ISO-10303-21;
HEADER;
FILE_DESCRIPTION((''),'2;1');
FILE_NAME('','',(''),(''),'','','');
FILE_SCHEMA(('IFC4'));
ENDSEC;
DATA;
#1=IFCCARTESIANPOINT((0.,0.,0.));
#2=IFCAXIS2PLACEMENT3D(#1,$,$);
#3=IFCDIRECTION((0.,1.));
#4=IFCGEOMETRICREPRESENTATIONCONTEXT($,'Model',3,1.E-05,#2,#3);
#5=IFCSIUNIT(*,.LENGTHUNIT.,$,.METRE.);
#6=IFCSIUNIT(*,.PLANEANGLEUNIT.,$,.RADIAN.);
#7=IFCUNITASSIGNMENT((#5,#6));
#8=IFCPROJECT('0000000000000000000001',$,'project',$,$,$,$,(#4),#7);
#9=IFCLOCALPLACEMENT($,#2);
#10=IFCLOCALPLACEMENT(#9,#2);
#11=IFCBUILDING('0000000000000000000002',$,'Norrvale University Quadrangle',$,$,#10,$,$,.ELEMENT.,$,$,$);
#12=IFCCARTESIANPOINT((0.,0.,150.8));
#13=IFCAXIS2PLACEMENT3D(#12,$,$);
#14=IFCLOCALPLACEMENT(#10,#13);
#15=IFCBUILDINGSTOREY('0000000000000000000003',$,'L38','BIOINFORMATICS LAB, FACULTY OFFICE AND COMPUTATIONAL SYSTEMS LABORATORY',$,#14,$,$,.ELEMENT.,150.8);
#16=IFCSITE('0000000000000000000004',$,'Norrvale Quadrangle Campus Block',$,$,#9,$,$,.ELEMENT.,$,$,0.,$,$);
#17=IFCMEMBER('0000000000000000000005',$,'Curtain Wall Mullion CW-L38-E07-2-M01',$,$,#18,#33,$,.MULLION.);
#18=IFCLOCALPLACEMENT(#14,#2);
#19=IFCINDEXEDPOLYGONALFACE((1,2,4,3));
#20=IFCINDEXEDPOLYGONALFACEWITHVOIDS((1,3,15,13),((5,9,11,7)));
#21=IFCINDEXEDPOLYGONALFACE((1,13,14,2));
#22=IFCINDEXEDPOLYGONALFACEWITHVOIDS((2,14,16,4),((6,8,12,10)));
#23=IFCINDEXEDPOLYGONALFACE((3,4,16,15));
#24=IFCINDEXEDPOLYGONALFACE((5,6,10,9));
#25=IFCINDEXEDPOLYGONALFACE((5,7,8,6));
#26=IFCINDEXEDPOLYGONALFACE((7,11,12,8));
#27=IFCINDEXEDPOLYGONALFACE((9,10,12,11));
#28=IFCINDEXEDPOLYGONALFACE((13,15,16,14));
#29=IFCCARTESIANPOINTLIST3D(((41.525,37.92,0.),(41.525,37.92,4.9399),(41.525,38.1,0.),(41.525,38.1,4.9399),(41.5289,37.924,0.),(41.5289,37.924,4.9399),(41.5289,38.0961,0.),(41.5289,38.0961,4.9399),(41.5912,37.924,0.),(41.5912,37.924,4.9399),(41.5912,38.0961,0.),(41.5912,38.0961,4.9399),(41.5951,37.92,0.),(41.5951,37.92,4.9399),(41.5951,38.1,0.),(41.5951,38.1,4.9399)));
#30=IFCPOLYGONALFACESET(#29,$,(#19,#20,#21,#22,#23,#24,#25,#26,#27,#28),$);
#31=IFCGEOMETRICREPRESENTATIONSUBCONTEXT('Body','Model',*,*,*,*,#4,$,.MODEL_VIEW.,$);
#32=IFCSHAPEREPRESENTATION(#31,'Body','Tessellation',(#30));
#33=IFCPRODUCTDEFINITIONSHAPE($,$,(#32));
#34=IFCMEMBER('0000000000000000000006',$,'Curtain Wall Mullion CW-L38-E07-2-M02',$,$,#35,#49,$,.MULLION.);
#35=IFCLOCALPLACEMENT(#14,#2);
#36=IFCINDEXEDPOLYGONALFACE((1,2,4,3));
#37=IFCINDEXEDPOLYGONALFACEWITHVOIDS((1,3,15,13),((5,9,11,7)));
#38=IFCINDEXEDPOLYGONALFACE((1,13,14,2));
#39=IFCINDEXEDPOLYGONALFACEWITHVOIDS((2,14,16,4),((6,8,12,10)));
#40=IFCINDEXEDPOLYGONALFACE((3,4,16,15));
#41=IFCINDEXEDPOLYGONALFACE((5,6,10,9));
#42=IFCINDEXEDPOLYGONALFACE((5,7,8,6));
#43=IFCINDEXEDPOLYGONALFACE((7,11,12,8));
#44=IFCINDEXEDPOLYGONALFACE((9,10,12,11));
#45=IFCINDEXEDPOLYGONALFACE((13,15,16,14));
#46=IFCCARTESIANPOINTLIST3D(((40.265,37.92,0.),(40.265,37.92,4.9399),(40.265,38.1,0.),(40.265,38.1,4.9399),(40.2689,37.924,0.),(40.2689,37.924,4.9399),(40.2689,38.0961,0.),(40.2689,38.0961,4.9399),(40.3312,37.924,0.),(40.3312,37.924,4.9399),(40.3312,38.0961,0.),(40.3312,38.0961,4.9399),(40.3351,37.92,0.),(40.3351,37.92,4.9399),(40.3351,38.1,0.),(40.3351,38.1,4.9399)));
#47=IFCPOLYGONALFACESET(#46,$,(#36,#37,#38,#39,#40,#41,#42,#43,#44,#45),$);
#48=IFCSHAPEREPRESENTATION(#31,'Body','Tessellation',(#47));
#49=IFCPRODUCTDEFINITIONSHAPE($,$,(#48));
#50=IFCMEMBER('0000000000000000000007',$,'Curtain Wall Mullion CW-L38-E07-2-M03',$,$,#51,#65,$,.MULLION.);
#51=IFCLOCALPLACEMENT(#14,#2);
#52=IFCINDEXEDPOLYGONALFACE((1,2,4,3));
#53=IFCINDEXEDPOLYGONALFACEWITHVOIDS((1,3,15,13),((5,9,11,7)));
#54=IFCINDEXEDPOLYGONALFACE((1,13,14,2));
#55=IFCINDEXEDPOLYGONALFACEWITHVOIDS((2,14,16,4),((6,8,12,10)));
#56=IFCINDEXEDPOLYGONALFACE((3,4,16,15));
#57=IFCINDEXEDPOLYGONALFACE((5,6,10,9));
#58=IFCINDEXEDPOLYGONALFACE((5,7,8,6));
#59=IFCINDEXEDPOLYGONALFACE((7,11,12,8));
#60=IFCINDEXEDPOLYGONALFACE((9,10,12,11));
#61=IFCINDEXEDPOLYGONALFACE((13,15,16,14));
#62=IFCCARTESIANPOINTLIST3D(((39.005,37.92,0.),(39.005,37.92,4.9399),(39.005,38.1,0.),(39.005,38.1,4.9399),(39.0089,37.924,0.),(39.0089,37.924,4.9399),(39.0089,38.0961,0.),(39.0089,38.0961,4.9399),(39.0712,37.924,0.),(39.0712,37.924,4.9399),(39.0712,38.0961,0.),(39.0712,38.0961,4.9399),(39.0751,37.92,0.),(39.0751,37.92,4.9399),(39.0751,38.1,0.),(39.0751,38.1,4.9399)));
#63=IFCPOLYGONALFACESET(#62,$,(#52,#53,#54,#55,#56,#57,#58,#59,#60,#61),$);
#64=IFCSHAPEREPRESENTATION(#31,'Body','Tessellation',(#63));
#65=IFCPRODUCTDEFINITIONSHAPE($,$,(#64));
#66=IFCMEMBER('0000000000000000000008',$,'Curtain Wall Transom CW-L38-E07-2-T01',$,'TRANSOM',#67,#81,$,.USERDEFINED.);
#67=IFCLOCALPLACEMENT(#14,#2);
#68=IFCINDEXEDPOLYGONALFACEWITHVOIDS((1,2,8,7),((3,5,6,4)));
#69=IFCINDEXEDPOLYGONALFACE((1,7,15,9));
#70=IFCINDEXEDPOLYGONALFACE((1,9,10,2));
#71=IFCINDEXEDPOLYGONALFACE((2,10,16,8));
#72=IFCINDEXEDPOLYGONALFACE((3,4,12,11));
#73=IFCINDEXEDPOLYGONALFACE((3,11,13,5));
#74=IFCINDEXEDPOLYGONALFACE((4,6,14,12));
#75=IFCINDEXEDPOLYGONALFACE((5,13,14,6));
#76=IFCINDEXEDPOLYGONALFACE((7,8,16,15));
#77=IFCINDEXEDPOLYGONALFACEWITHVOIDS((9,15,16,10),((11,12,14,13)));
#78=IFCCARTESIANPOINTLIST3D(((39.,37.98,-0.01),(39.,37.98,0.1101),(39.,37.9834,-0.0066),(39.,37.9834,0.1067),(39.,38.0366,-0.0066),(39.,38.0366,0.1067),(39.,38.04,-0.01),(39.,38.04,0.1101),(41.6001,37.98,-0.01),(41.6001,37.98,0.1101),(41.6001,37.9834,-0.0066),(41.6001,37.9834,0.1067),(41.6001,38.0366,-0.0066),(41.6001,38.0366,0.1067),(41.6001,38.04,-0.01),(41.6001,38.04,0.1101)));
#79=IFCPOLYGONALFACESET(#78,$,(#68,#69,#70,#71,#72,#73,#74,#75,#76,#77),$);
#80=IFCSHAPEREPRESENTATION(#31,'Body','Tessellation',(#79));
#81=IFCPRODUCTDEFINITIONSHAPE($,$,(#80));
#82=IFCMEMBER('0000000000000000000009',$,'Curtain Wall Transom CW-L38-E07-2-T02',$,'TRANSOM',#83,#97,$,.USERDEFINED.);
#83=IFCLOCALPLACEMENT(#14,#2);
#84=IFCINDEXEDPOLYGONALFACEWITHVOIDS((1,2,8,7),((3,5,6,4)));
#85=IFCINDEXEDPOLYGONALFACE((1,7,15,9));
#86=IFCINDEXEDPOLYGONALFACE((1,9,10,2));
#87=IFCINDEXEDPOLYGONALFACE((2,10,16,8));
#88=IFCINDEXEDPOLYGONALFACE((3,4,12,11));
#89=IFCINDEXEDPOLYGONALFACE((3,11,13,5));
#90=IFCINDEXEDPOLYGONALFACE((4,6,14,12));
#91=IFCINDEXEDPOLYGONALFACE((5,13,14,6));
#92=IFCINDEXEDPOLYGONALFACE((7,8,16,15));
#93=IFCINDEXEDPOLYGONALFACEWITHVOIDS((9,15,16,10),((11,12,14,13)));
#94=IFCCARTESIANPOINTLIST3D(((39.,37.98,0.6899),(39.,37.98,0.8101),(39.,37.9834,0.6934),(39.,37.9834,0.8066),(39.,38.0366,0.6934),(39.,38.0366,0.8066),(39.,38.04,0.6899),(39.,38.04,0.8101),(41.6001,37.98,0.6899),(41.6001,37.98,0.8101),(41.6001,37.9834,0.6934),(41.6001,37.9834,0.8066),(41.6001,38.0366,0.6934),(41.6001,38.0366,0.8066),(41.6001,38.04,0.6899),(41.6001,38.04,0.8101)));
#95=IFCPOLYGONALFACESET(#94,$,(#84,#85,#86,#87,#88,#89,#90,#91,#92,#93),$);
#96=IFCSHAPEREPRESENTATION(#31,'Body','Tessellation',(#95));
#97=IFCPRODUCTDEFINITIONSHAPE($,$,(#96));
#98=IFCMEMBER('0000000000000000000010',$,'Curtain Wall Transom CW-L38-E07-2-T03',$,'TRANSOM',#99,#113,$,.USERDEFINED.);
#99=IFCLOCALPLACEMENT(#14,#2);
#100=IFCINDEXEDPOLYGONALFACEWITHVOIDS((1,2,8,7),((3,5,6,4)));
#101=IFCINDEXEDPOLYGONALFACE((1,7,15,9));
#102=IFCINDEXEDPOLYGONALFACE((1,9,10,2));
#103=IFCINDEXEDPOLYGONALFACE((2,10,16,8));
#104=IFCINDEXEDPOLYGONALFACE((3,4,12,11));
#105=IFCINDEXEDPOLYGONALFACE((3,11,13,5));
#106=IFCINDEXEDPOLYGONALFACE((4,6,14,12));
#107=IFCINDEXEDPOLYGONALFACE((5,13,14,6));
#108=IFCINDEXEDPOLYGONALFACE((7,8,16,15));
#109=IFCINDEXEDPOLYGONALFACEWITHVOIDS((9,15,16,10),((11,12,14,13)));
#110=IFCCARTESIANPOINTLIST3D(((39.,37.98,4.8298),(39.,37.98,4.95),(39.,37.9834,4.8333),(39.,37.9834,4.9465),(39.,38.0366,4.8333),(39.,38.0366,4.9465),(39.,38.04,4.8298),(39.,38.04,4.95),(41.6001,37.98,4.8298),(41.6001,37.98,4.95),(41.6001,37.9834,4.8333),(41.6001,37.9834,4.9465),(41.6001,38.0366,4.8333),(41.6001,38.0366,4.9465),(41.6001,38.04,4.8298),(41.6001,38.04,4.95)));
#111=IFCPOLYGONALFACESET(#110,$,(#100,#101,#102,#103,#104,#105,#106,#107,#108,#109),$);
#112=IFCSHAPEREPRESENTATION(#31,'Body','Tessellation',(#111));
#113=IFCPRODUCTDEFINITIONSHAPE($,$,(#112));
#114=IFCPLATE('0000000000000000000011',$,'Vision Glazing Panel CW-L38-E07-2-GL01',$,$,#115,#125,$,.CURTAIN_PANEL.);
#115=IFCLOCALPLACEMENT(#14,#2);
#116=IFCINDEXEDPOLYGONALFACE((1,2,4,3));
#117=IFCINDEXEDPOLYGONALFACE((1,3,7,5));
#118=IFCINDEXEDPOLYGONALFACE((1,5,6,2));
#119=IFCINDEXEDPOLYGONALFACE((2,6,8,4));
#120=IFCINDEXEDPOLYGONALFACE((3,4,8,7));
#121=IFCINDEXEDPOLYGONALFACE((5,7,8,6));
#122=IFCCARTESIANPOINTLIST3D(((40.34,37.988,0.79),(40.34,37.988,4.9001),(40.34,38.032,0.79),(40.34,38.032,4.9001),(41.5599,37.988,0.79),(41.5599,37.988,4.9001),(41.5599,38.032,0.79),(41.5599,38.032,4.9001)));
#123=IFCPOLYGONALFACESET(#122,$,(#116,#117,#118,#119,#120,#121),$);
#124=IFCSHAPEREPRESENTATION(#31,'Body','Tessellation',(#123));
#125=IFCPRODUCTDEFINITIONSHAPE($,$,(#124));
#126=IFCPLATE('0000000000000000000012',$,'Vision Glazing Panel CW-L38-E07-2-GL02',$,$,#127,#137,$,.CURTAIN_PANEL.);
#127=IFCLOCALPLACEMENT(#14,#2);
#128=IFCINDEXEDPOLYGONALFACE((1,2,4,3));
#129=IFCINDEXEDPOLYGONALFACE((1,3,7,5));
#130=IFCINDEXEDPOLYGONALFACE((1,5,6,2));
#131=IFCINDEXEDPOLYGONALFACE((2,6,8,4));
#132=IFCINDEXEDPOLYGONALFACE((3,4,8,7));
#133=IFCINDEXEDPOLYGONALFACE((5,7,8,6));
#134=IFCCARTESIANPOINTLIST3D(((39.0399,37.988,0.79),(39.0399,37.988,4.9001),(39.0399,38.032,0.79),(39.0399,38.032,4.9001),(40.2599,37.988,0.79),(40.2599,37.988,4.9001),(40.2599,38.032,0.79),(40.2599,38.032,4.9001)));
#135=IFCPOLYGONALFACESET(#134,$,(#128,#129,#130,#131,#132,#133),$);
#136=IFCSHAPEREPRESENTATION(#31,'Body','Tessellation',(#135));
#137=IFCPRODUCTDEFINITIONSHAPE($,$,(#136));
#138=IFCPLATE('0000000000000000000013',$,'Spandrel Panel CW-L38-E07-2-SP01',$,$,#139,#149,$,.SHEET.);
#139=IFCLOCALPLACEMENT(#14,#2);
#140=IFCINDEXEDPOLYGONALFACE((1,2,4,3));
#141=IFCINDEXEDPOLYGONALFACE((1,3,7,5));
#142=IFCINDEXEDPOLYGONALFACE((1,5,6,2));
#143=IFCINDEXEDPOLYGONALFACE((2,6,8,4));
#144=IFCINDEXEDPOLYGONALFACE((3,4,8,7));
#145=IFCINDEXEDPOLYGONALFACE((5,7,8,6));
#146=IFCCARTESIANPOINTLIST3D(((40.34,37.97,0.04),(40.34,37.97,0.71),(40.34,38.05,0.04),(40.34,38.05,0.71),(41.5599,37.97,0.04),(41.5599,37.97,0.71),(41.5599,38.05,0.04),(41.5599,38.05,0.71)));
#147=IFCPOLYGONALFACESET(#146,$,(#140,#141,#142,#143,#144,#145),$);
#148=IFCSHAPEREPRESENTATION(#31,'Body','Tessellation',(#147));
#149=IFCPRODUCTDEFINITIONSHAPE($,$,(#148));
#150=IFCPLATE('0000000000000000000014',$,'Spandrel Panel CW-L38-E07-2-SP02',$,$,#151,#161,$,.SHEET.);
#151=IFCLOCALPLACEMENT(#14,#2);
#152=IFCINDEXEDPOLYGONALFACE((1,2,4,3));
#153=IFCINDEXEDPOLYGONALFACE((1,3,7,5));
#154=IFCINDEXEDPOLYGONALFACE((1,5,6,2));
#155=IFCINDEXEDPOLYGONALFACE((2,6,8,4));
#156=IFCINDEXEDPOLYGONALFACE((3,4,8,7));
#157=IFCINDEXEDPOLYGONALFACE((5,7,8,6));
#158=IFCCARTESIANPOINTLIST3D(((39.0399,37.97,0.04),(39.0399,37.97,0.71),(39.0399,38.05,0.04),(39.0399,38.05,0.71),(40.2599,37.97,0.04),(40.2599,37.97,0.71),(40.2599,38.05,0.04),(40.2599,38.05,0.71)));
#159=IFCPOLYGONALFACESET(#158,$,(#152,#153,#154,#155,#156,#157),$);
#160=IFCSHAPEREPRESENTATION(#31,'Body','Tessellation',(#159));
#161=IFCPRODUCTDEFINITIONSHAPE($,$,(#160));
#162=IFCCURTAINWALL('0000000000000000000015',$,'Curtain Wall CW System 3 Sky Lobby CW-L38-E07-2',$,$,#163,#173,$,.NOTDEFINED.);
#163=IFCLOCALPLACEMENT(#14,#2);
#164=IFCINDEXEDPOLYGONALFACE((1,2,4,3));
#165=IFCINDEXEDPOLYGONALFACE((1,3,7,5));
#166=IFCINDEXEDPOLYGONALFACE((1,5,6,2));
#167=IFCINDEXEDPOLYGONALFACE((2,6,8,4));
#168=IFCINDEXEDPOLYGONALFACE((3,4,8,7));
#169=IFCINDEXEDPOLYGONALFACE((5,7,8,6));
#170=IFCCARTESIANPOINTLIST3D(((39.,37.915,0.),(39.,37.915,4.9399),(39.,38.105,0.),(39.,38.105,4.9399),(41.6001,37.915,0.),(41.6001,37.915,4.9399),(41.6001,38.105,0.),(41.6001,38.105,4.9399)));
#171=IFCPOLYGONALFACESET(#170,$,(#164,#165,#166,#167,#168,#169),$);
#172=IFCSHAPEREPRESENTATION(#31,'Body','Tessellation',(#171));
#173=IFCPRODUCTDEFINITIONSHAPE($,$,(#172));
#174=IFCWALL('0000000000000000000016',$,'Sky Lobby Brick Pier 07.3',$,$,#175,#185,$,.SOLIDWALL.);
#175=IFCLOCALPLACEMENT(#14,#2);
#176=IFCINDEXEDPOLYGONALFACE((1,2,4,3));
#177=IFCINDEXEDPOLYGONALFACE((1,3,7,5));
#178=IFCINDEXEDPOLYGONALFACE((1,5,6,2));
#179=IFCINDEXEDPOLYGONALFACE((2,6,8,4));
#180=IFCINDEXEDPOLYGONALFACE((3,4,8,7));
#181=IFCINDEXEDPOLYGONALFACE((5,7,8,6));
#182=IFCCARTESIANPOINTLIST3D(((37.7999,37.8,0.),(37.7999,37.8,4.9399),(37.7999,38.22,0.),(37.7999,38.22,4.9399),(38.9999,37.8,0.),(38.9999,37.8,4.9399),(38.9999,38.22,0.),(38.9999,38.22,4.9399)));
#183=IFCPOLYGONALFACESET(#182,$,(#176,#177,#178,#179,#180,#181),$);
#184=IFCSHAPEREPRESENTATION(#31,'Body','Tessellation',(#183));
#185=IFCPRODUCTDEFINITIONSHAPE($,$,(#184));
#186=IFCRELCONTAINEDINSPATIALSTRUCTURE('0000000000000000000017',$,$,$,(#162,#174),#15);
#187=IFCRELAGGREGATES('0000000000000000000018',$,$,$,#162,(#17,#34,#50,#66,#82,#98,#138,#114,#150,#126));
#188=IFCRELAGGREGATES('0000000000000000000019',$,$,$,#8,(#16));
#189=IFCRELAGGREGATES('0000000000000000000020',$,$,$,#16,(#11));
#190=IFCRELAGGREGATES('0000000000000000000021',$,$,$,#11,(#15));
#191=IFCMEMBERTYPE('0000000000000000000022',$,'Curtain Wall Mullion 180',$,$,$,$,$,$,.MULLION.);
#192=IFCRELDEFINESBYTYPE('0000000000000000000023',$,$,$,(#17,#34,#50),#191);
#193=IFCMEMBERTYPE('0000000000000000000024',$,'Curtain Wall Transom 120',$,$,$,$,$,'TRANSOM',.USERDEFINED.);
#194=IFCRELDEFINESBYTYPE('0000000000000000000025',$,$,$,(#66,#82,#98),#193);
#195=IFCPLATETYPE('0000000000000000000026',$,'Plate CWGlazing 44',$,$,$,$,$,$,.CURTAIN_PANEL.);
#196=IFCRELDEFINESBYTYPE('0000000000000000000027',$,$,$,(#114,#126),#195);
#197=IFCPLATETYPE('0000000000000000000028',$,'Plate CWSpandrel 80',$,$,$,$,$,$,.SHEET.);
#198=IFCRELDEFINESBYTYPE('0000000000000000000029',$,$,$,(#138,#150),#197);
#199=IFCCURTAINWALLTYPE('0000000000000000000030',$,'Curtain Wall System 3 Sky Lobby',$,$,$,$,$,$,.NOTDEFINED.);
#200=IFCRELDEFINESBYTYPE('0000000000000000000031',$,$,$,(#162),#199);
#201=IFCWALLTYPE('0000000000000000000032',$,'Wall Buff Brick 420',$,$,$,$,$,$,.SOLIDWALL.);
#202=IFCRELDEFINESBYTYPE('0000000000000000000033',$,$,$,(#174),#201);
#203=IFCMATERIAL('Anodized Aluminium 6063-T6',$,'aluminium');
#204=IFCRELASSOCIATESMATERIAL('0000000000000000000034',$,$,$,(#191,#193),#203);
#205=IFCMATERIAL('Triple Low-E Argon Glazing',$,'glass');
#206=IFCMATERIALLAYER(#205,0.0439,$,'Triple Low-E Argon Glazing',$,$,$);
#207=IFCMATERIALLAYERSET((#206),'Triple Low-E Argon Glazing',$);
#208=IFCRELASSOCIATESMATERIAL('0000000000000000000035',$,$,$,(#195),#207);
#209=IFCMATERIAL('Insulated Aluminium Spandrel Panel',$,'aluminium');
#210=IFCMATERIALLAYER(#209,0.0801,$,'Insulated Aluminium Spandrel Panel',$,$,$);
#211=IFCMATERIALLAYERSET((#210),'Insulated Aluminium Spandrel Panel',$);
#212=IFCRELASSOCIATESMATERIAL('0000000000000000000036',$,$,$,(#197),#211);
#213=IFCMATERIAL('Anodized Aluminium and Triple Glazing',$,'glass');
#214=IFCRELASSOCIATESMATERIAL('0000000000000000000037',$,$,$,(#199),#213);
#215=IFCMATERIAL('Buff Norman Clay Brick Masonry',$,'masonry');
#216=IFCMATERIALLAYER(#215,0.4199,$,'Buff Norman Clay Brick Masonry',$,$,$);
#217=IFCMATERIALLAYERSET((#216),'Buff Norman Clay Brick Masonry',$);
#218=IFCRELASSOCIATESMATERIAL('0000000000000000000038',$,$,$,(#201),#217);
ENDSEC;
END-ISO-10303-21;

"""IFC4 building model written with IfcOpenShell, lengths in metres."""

from ifc_helpers import new_model, si_unit, direction, frame, frame_2d, origin, origin_2d, place, context, subcontext, project, spatial, rectangle, hollow_rectangle, extrude, material, layer, layer_set, material_profile, profile_set, type_object, element, aggregate, save


model = new_model("IFC4")

# Units and contexts
model_context = context("Model", 3, precision=1e-05, world=origin(), true_north=direction((0.0, 1.0)))
body_context = subcontext(model_context, "Body", "Model", "MODEL_VIEW")
ifc_project = project(units=[si_unit("LENGTHUNIT", "METRE"), si_unit("PLANEANGLEUNIT", "RADIAN")], contexts=[model_context])

# Site, building, storey
site_placement = place(None, origin())
site = spatial("IfcSite", under=ifc_project, at=site_placement, Name="Norrvale Quadrangle Campus Block", CompositionType="ELEMENT", RefElevation=0.0)
building_placement = place(site_placement, origin())
building = spatial("IfcBuilding", under=site, at=building_placement, Name="Norrvale University Quadrangle", CompositionType="ELEMENT")
storey_placement = place(building_placement, frame((0.0, 0.0, 150.8)))
storey = spatial("IfcBuildingStorey", under=building, at=storey_placement, Name="L38", Description="BIOINFORMATICS LAB, FACULTY OFFICE AND COMPUTATIONAL SYSTEMS LABORATORY", CompositionType="ELEMENT", Elevation=150.8)

# Members
ifc_material_1 = material(Name="Anodized Aluminium 6063-T6", Category="aluminium")
ifc_material_profile_1 = material_profile(ifc_material_1, hollow_rectangle(XDim=0.0701, YDim=0.1799, WallThickness=0.0039, at=origin_2d()), Name="Anodized Aluminium 6063-T6")
ifc_profile_set_1 = profile_set([ifc_material_profile_1], Name="Anodized Aluminium 6063-T6")
member_type_1 = type_object("IfcMemberType", Name="Curtain Wall Mullion 180", PredefinedType="MULLION", material=ifc_profile_set_1)
member_1_placement = place(storey_placement, frame((41.5601, 38.01, 0.0), z_axis=(0.0, 0.0, 1.0), x_axis=(-1.0, 0.0, 0.0)))
member_1 = element("IfcMember", 1, at=member_1_placement, type_object=member_type_1, Name="Curtain Wall Mullion CW-L38-E07-2-M01", PredefinedType="MULLION", context=body_context, shape_type="SweptSolid", body=[
    extrude(hollow_rectangle(XDim=0.0701, YDim=0.1799, WallThickness=0.0039, at=origin_2d()), origin(), (0.0, 0.0, 1.0), 4.9399),
])
member_2_placement = place(storey_placement, frame((40.3, 38.01, 0.0), z_axis=(0.0, 0.0, 1.0), x_axis=(-1.0, 0.0, 0.0)))
member_2 = element("IfcMember", 2, at=member_2_placement, type_object=member_type_1, Name="Curtain Wall Mullion CW-L38-E07-2-M02", PredefinedType="MULLION", context=body_context, shape_type="SweptSolid", body=[
    extrude(hollow_rectangle(XDim=0.0701, YDim=0.1799, WallThickness=0.0039, at=origin_2d()), origin(), (0.0, 0.0, 1.0), 4.9399),
])
member_3_placement = place(storey_placement, frame((39.04, 38.01, 0.0), z_axis=(0.0, 0.0, 1.0), x_axis=(-1.0, 0.0, 0.0)))
member_3 = element("IfcMember", 3, at=member_3_placement, type_object=member_type_1, Name="Curtain Wall Mullion CW-L38-E07-2-M03", PredefinedType="MULLION", context=body_context, shape_type="SweptSolid", body=[
    extrude(hollow_rectangle(XDim=0.0701, YDim=0.1799, WallThickness=0.0039, at=origin_2d()), origin(), (0.0, 0.0, 1.0), 4.9399),
])
ifc_material_profile_2 = material_profile(ifc_material_1, hollow_rectangle(XDim=0.0601, YDim=0.1201, WallThickness=0.0034, at=origin_2d()), Name="Anodized Aluminium 6063-T6")
ifc_profile_set_2 = profile_set([ifc_material_profile_2], Name="Anodized Aluminium 6063-T6")
member_type_2 = type_object("IfcMemberType", Name="Curtain Wall Transom 120", ElementType="TRANSOM", PredefinedType="USERDEFINED", material=ifc_profile_set_2)
member_4_placement = place(storey_placement, frame((41.6001, 38.01, 0.05), z_axis=(-1.0, 0.0, 0.0), x_axis=(0.0, -1.0, 0.0)))
member_4 = element("IfcMember", 4, at=member_4_placement, type_object=member_type_2, Name="Curtain Wall Transom CW-L38-E07-2-T01", ObjectType="TRANSOM", PredefinedType="USERDEFINED", context=body_context, shape_type="SweptSolid", body=[
    extrude(hollow_rectangle(XDim=0.0601, YDim=0.1201, WallThickness=0.0034, at=origin_2d()), origin(), (0.0, 0.0, 1.0), 2.6001),
])
member_5_placement = place(storey_placement, frame((41.6001, 38.01, 0.75), z_axis=(-1.0, 0.0, 0.0), x_axis=(0.0, -1.0, 0.0)))
member_5 = element("IfcMember", 5, at=member_5_placement, type_object=member_type_2, Name="Curtain Wall Transom CW-L38-E07-2-T02", ObjectType="TRANSOM", PredefinedType="USERDEFINED", context=body_context, shape_type="SweptSolid", body=[
    extrude(hollow_rectangle(XDim=0.0601, YDim=0.1201, WallThickness=0.0034, at=origin_2d()), origin(), (0.0, 0.0, 1.0), 2.6001),
])
member_6_placement = place(storey_placement, frame((41.6001, 38.01, 4.8899), z_axis=(-1.0, 0.0, 0.0), x_axis=(0.0, -1.0, 0.0)))
member_6 = element("IfcMember", 6, at=member_6_placement, type_object=member_type_2, Name="Curtain Wall Transom CW-L38-E07-2-T03", ObjectType="TRANSOM", PredefinedType="USERDEFINED", context=body_context, shape_type="SweptSolid", body=[
    extrude(hollow_rectangle(XDim=0.0601, YDim=0.1201, WallThickness=0.0034, at=origin_2d()), origin(), (0.0, 0.0, 1.0), 2.6001),
])

# Plates
ifc_material_2 = material(Name="Triple Low-E Argon Glazing", Category="glass")
ifc_layer_1 = layer(ifc_material_2, 0.0439, Name="Triple Low-E Argon Glazing")
ifc_layer_set_1 = layer_set([ifc_layer_1], Name="Triple Low-E Argon Glazing")
plate_type_1 = type_object("IfcPlateType", Name="Plate CWGlazing 44", PredefinedType="CURTAIN_PANEL", material=ifc_layer_set_1)
plate_1_placement = place(storey_placement, frame((40.95, 38.01, 0.79), z_axis=(0.0, 0.0, 1.0), x_axis=(-1.0, 0.0, 0.0)))
plate_1 = element("IfcPlate", 7, at=plate_1_placement, type_object=plate_type_1, Name="Vision Glazing Panel CW-L38-E07-2-GL01", PredefinedType="CURTAIN_PANEL", context=body_context, shape_type="SweptSolid", body=[
    extrude(rectangle(XDim=1.22, YDim=0.0439, at=origin_2d()), origin(), (0.0, 0.0, 1.0), 4.1101),
])
plate_2_placement = place(storey_placement, frame((39.6499, 38.01, 0.79), z_axis=(0.0, 0.0, 1.0), x_axis=(-1.0, 0.0, 0.0)))
plate_2 = element("IfcPlate", 8, at=plate_2_placement, type_object=plate_type_1, Name="Vision Glazing Panel CW-L38-E07-2-GL02", PredefinedType="CURTAIN_PANEL", context=body_context, shape_type="SweptSolid", body=[
    extrude(rectangle(XDim=1.22, YDim=0.0439, at=origin_2d()), origin(), (0.0, 0.0, 1.0), 4.1101),
])
ifc_material_3 = material(Name="Insulated Aluminium Spandrel Panel", Category="aluminium")
ifc_layer_2 = layer(ifc_material_3, 0.0801, Name="Insulated Aluminium Spandrel Panel")
ifc_layer_set_2 = layer_set([ifc_layer_2], Name="Insulated Aluminium Spandrel Panel")
plate_type_2 = type_object("IfcPlateType", Name="Plate CWSpandrel 80", PredefinedType="SHEET", material=ifc_layer_set_2)
plate_3_placement = place(storey_placement, frame((40.95, 38.01, 0.04), z_axis=(0.0, 0.0, 1.0), x_axis=(-1.0, 0.0, 0.0)))
plate_3 = element("IfcPlate", 9, at=plate_3_placement, type_object=plate_type_2, Name="Spandrel Panel CW-L38-E07-2-SP01", PredefinedType="SHEET", context=body_context, shape_type="SweptSolid", body=[
    extrude(rectangle(XDim=1.22, YDim=0.0801, at=origin_2d()), origin(), (0.0, 0.0, 1.0), 0.6699),
])
plate_4_placement = place(storey_placement, frame((39.6499, 38.01, 0.04), z_axis=(0.0, 0.0, 1.0), x_axis=(-1.0, 0.0, 0.0)))
plate_4 = element("IfcPlate", 10, at=plate_4_placement, type_object=plate_type_2, Name="Spandrel Panel CW-L38-E07-2-SP02", PredefinedType="SHEET", context=body_context, shape_type="SweptSolid", body=[
    extrude(rectangle(XDim=1.22, YDim=0.0801, at=origin_2d()), origin(), (0.0, 0.0, 1.0), 0.6699),
])

# Curtain wall
ifc_material_4 = material(Name="Anodized Aluminium and Triple Glazing", Category="glass")
curtain_wall_type = type_object("IfcCurtainWallType", Name="Curtain Wall System 3 Sky Lobby", PredefinedType="NOTDEFINED", material=ifc_material_4)
curtain_wall_placement = place(storey_placement, frame((41.6001, 38.01, 0.0), z_axis=(0.0, 0.0, 1.0), x_axis=(-1.0, 0.0, 0.0)))
curtain_wall = element("IfcCurtainWall", 11, at=curtain_wall_placement, inside=storey, type_object=curtain_wall_type, Name="Curtain Wall CW System 3 Sky Lobby CW-L38-E07-2", PredefinedType="NOTDEFINED", context=body_context, shape_type="SweptSolid", body=[
    extrude(rectangle(XDim=2.6001, YDim=0.1899, at=frame_2d((1.3, 0.0))), origin(), (0.0, 0.0, 1.0), 4.9399),
])
aggregate(curtain_wall, [member_1, member_2, member_3, member_4, member_5, member_6, plate_3, plate_1, plate_4, plate_2])

# Wall
ifc_material_5 = material(Name="Buff Norman Clay Brick Masonry", Category="masonry")
ifc_layer_3 = layer(ifc_material_5, 0.4199, Name="Buff Norman Clay Brick Masonry")
ifc_layer_set_3 = layer_set([ifc_layer_3], Name="Buff Norman Clay Brick Masonry")
wall_type = type_object("IfcWallType", Name="Wall Buff Brick 420", PredefinedType="SOLIDWALL", material=ifc_layer_set_3)
wall_placement = place(storey_placement, frame((39.0, 38.01, 0.0), z_axis=(0.0, 0.0, 1.0), x_axis=(-1.0, 0.0, 0.0)))
element("IfcWall", 12, at=wall_placement, inside=storey, type_object=wall_type, Name="Sky Lobby Brick Pier 07.3", PredefinedType="SOLIDWALL", context=body_context, shape_type="SweptSolid", body=[
    extrude(rectangle(XDim=1.2, YDim=0.4199, at=frame_2d((0.6001, 0.0))), origin(), (0.0, 0.0, 1.0), 4.9399),
])

save(model, "model.ifc")
